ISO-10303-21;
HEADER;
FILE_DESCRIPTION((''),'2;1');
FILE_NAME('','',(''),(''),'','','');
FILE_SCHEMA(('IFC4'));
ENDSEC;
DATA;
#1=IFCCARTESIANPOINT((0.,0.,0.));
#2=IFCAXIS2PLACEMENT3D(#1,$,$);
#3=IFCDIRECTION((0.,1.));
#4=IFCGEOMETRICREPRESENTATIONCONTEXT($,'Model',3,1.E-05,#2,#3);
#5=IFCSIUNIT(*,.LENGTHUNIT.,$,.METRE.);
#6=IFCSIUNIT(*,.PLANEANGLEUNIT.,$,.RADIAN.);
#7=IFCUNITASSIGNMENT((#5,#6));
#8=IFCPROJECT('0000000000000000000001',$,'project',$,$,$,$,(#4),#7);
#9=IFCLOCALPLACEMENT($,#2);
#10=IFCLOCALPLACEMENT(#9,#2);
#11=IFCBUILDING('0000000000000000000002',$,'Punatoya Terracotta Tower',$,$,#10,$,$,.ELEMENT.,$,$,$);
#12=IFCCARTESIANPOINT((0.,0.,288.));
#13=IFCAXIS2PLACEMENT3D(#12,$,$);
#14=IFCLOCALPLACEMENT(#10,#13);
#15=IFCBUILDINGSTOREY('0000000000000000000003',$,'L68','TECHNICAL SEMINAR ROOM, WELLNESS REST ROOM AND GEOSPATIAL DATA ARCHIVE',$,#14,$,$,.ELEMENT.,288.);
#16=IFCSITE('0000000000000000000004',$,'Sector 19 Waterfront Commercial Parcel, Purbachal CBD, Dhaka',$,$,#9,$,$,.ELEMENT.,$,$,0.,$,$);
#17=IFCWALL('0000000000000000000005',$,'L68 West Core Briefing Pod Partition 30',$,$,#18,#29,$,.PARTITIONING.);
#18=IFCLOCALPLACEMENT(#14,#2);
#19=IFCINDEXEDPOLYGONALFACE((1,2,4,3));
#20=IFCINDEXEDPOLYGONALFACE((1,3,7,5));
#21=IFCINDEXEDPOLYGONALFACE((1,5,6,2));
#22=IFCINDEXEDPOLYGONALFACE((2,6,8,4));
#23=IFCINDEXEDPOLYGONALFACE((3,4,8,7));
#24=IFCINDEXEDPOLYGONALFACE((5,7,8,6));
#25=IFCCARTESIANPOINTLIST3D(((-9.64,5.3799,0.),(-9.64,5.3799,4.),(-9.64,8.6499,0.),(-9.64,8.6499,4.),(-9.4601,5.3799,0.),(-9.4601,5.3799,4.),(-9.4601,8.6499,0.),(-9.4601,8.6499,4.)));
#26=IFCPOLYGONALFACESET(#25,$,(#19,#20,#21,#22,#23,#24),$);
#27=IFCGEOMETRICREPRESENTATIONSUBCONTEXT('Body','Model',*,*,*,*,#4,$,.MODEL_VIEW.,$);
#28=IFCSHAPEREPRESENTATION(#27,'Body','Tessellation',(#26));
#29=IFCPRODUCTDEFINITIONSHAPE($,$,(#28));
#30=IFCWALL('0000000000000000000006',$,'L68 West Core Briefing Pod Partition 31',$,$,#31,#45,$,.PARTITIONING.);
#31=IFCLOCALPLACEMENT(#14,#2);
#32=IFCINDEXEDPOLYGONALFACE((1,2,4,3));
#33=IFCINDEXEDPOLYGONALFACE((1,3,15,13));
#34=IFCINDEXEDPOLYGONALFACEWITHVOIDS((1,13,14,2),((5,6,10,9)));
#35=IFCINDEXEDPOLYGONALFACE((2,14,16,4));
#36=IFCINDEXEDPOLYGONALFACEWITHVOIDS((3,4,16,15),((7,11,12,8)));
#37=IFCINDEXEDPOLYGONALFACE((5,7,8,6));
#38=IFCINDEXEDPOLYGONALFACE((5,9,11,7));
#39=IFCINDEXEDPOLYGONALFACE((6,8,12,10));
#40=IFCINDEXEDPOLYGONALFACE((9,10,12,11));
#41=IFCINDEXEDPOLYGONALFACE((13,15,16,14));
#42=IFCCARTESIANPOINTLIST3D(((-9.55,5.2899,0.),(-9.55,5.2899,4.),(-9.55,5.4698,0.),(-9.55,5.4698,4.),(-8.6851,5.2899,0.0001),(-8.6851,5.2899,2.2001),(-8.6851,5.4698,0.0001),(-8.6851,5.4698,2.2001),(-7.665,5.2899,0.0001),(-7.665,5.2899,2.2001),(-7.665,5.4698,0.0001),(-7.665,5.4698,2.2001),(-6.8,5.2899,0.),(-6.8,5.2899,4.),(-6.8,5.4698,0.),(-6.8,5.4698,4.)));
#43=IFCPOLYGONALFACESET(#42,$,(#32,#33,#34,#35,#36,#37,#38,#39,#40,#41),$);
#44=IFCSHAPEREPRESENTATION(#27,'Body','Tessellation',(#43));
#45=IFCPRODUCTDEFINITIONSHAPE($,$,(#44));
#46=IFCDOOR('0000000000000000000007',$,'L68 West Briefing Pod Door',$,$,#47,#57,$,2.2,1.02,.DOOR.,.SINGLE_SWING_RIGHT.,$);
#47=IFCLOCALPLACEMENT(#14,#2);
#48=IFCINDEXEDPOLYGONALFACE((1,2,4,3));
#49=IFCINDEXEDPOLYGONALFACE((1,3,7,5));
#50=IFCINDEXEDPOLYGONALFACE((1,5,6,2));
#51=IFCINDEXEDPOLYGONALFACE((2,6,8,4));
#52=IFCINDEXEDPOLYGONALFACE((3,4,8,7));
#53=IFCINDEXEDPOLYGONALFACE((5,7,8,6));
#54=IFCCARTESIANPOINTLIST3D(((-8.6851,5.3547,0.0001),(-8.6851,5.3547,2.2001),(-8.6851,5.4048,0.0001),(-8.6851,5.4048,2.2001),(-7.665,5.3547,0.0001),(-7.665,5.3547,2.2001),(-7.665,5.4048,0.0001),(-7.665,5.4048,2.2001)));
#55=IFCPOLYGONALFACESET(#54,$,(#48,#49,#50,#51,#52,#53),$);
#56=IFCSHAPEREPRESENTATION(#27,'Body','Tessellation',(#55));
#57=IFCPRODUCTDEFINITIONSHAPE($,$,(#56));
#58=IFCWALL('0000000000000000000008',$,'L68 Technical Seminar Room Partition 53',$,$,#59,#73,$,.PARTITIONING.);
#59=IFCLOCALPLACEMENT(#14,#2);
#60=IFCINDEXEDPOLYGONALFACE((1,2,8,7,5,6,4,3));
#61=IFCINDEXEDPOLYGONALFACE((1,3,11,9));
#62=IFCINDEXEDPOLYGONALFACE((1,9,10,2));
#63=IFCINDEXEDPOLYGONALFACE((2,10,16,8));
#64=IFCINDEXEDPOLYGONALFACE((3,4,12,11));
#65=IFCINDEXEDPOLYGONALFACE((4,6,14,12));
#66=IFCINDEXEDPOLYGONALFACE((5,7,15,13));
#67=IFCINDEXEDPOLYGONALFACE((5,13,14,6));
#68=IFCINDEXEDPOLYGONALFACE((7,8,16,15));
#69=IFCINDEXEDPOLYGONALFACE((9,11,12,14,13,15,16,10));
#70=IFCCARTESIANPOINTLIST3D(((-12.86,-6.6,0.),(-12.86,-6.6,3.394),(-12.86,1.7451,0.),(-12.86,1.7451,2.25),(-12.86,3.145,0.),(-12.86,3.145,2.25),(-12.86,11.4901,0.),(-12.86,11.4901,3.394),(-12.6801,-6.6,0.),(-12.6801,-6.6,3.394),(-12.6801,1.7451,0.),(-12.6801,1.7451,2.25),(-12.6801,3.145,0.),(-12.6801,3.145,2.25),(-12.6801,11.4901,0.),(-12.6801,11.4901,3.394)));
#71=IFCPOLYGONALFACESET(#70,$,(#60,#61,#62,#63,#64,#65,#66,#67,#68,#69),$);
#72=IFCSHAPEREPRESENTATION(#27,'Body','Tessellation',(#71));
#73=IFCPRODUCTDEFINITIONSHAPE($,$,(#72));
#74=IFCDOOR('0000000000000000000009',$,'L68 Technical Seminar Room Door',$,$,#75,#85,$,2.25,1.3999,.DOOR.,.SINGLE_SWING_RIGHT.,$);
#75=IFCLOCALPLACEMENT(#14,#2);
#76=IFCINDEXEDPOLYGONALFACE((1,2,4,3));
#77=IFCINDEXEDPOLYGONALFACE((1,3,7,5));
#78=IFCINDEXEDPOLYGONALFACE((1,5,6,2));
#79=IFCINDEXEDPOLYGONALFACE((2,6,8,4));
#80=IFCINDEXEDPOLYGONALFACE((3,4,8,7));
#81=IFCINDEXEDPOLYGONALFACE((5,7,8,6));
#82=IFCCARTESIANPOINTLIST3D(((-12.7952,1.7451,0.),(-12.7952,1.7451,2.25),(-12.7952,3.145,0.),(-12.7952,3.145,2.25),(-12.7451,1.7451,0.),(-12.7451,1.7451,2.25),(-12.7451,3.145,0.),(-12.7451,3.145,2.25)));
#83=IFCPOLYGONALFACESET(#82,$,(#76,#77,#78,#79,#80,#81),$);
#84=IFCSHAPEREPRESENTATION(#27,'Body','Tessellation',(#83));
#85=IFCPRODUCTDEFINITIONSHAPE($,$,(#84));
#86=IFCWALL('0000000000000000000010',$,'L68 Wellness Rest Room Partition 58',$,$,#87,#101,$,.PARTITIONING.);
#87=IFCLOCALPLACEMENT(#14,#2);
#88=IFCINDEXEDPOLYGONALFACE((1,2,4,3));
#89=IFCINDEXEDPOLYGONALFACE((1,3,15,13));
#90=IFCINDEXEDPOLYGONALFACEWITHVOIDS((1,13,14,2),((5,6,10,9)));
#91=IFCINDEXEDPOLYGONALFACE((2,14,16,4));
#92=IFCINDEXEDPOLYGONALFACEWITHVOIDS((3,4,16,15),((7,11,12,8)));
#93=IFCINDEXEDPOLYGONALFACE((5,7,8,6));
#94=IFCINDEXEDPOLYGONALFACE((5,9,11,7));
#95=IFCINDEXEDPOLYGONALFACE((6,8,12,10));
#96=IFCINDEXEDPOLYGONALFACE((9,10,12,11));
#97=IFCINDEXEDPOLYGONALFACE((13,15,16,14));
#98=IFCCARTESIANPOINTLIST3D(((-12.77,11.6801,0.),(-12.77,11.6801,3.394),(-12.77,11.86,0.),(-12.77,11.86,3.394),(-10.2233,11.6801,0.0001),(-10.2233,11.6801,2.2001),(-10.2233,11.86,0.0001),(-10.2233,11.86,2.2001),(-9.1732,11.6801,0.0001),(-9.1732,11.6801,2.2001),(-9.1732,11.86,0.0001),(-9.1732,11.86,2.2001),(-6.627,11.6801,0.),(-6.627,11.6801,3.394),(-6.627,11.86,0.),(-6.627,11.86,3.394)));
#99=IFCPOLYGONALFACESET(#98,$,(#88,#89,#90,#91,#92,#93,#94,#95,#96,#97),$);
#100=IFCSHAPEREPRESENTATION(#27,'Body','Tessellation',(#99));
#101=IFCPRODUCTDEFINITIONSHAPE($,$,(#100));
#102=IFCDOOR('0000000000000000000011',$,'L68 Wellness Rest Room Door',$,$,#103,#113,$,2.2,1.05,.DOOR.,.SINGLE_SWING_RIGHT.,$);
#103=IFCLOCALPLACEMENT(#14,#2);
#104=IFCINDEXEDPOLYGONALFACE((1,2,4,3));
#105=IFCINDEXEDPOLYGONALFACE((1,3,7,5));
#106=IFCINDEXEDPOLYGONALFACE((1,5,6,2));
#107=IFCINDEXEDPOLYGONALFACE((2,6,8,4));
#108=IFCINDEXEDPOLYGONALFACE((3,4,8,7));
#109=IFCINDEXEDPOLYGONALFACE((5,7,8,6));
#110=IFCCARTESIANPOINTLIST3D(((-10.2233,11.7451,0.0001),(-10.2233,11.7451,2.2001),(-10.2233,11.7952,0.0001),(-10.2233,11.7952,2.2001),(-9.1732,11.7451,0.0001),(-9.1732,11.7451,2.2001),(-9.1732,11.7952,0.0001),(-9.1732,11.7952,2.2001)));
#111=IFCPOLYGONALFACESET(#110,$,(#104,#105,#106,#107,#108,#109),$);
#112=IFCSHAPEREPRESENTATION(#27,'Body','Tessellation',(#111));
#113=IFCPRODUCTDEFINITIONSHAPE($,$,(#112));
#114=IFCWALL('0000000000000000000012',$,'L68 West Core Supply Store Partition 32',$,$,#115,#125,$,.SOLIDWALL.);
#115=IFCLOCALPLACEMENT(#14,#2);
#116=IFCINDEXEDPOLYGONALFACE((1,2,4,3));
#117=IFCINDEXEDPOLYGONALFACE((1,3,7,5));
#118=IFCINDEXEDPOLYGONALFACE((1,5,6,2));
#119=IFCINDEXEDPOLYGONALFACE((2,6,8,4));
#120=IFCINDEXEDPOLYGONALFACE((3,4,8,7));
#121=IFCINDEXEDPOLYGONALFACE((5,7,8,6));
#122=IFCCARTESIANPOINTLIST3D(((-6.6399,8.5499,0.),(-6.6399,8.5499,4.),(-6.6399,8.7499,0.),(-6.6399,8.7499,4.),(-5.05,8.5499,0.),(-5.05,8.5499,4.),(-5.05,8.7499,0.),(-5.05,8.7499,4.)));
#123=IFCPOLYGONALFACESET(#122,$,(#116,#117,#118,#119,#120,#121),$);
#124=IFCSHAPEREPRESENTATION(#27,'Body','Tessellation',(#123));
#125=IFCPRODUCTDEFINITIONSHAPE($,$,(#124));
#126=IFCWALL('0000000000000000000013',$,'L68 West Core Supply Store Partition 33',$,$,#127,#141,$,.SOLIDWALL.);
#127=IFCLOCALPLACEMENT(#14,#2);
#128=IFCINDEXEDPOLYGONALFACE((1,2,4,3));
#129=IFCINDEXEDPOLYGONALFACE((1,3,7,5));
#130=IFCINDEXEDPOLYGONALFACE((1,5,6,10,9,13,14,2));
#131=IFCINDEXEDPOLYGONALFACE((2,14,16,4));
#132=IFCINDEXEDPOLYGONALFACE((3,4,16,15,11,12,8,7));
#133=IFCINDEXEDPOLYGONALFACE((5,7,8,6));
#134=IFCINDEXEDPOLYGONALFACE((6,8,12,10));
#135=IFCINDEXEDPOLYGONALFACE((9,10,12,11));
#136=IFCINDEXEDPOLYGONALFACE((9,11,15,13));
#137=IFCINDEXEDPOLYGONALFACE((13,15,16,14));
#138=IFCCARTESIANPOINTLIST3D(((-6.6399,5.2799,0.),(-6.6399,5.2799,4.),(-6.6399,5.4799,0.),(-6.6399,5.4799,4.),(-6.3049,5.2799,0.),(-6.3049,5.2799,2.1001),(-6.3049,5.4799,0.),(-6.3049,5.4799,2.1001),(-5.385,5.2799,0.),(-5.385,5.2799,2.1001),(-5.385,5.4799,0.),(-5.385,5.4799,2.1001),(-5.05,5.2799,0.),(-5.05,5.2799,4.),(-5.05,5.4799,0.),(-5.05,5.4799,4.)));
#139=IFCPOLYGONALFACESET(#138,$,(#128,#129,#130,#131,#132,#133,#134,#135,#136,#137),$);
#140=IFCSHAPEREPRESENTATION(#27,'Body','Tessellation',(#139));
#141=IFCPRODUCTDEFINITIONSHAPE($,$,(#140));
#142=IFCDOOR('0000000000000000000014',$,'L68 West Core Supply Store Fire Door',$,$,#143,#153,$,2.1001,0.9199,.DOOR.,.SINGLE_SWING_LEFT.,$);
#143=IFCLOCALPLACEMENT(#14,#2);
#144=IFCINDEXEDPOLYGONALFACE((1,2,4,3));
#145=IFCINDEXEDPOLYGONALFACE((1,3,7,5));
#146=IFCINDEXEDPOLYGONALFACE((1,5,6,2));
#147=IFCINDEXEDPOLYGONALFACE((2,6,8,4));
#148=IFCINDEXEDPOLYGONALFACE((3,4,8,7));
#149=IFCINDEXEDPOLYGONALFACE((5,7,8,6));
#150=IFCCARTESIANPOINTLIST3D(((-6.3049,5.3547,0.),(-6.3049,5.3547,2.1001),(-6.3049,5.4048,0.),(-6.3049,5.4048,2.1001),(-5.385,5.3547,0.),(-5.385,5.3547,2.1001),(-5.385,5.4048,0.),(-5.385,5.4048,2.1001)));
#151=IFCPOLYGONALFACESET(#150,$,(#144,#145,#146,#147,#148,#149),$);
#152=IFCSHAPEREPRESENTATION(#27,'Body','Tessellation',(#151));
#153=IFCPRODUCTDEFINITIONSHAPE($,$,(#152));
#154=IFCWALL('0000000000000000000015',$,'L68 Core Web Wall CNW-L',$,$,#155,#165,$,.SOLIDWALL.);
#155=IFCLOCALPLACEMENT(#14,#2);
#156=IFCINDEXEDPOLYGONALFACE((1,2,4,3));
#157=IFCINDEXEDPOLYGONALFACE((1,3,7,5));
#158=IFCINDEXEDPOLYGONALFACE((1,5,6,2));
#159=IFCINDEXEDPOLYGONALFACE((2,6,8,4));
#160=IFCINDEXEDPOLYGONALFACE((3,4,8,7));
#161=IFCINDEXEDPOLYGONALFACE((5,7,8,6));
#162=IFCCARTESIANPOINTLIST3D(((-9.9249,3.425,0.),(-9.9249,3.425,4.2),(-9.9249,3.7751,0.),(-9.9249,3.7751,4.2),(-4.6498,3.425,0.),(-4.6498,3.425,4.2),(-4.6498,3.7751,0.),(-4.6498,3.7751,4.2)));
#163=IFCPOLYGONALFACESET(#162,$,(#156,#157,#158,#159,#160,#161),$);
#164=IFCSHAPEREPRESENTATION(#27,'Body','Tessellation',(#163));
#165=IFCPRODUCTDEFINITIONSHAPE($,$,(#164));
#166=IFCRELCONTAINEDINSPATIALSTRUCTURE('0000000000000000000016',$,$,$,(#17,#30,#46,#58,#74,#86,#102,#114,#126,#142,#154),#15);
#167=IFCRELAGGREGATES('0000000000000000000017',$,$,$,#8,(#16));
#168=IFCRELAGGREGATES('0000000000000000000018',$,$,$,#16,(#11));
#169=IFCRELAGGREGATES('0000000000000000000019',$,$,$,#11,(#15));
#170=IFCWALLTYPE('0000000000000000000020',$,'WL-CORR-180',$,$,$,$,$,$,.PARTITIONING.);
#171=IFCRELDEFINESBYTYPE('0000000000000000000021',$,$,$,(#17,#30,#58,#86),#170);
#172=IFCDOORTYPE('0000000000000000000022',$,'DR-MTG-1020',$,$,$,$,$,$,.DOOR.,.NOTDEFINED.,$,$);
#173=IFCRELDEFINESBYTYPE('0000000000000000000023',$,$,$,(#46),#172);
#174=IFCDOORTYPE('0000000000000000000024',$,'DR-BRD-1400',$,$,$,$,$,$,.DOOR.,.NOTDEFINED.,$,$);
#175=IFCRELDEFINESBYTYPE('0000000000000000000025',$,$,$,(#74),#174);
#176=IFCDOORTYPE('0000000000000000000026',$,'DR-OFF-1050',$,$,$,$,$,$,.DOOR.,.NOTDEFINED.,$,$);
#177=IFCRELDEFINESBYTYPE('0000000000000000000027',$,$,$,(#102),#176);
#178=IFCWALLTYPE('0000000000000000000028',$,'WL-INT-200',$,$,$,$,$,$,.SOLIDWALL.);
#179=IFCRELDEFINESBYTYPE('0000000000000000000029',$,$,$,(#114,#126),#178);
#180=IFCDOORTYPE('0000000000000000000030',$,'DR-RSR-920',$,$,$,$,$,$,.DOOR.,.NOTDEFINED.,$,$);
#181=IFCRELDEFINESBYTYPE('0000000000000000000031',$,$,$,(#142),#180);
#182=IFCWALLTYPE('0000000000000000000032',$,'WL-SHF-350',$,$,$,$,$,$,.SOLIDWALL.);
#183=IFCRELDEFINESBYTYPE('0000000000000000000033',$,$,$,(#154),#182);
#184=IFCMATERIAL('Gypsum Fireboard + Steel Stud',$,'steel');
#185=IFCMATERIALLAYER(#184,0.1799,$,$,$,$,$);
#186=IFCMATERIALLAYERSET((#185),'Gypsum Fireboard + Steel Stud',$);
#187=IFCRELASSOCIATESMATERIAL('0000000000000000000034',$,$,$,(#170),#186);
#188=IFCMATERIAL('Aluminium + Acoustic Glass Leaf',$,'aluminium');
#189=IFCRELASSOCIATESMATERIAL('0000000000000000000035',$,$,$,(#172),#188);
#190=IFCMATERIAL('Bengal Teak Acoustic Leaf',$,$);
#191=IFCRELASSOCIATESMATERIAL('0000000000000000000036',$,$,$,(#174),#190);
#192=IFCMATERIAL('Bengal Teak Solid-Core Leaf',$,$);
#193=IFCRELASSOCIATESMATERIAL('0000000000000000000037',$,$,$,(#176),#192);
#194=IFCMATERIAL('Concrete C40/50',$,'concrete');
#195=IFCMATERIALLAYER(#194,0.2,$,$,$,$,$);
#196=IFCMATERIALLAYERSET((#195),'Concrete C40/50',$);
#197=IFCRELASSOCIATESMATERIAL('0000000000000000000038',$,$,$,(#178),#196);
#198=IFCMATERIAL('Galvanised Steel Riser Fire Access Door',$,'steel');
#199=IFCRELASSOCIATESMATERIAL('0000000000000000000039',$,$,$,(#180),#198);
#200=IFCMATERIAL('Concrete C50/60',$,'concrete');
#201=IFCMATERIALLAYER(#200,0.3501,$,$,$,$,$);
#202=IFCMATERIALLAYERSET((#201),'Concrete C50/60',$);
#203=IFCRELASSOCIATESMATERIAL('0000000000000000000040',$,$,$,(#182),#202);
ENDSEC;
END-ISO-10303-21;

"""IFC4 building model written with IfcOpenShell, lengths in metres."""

from ifc_helpers import new_model, si_unit, direction, frame, frame_2d, origin, place, context, subcontext, project, spatial, rectangle, extrude, material, layer, layer_set, type_object, element, fill, save


model = new_model("IFC4")

# Units and contexts
model_context = context("Model", 3, precision=1e-05, world=origin(), true_north=direction((0.0, 1.0)))
body_context = subcontext(model_context, "Body", "Model", "MODEL_VIEW")
ifc_project = project(units=[si_unit("LENGTHUNIT", "METRE"), si_unit("PLANEANGLEUNIT", "RADIAN")], contexts=[model_context])

# Site, building, storey
site_placement = place(None, origin())
site = spatial("IfcSite", under=ifc_project, at=site_placement, Name="Sector 19 Waterfront Commercial Parcel, Purbachal CBD, Dhaka", CompositionType="ELEMENT", RefElevation=0.0)
building_placement = place(site_placement, origin())
building = spatial("IfcBuilding", under=site, at=building_placement, Name="Punatoya Terracotta Tower", CompositionType="ELEMENT")
storey_placement = place(building_placement, frame((0.0, 0.0, 288.0)))
storey = spatial("IfcBuildingStorey", under=building, at=storey_placement, Name="L68", Description="TECHNICAL SEMINAR ROOM, WELLNESS REST ROOM AND GEOSPATIAL DATA ARCHIVE", CompositionType="ELEMENT", Elevation=288.0)

# Wall
ifc_material_1 = material(Name="Concrete C50/60", Category="concrete")
ifc_material_2 = material(Name="Gypsum Fireboard + Steel Stud", Category="steel")
ifc_layer_1 = layer(ifc_material_2, 0.1799)
ifc_layer_set_1 = layer_set([ifc_layer_1], Name="Gypsum Fireboard + Steel Stud")
wall_type_1 = type_object("IfcWallType", Name="WL-CORR-180", PredefinedType="PARTITIONING", material=ifc_layer_set_1)
wall_1_placement = place(storey_placement, frame((-9.55, 8.6499, 0.0), z_axis=(0.0, 0.0, 1.0), x_axis=(0.0, -1.0, 0.0)))
element("IfcWall", 1, at=wall_1_placement, inside=storey, type_object=wall_type_1, Name="L68 West Core Briefing Pod Partition 30", PredefinedType="PARTITIONING", context=body_context, shape_type="SweptSolid", body=[
    extrude(rectangle(XDim=3.27, YDim=0.1799, at=frame_2d((1.635, 0.0))), origin(), (0.0, 0.0, 1.0), 4.0),
])

# Walls, openings, doors
wall_2_placement = place(storey_placement, frame((-9.55, 5.3799, 0.0), z_axis=(0.0, 0.0, 1.0), x_axis=(1.0, 0.0, 0.0)))
wall_2 = element("IfcWall", 2, at=wall_2_placement, inside=storey, type_object=wall_type_1, Name="L68 West Core Briefing Pod Partition 31", PredefinedType="PARTITIONING", context=body_context, shape_type="SweptSolid", body=[
    extrude(rectangle(XDim=2.75, YDim=0.1799, at=frame_2d((1.375, 0.0))), origin(), (0.0, 0.0, 1.0), 4.0),
])
opening_1_placement = place(wall_2_placement, frame((0.865, 0.0, 0.0)))
opening_1 = element("IfcOpeningElement", 3, at=opening_1_placement, cuts=wall_2, PredefinedType="OPENING", context=body_context, shape_type="SweptSolid", body=[
    extrude(rectangle(XDim=1.02, YDim=2.2, at=frame_2d((0.51, 1.1001))), frame((0.0, 0.0999, 0.0), z_axis=(0.0, -1.0, 0.0), x_axis=(1.0, 0.0, 0.0)), (0.0, 0.0, 1.0), 0.2),
])
ifc_material_3 = material(Name="Aluminium + Acoustic Glass Leaf", Category="aluminium")
door_type_1 = type_object("IfcDoorType", Name="DR-MTG-1020", OperationType="NOTDEFINED", PredefinedType="DOOR", material=ifc_material_3)
door_1_placement = place(opening_1_placement, origin())
door_1 = element("IfcDoor", 4, at=door_1_placement, inside=storey, type_object=door_type_1, Name="L68 West Briefing Pod Door", OperationType="SINGLE_SWING_RIGHT", OverallHeight=2.2, OverallWidth=1.02, PredefinedType="DOOR", context=body_context, shape_type="SweptSolid", body=[
    extrude(rectangle(XDim=1.02, YDim=2.2, at=frame_2d((0.51, 1.1001))), frame((0.0, 0.0249, 0.0), z_axis=(0.0, -1.0, 0.0), x_axis=(1.0, 0.0, 0.0)), (0.0, 0.0, 1.0), 0.05),
])
fill(opening_1, door_1)
wall_3_placement = place(storey_placement, frame((-12.77, 11.49, 0.0), z_axis=(0.0, 0.0, 1.0), x_axis=(0.0, -1.0, 0.0)))
wall_3 = element("IfcWall", 5, at=wall_3_placement, inside=storey, type_object=wall_type_1, Name="L68 Technical Seminar Room Partition 53", PredefinedType="PARTITIONING", context=body_context, shape_type="SweptSolid", body=[
    extrude(rectangle(XDim=18.0901, YDim=0.1799, at=frame_2d((9.0449, 0.0))), origin(), (0.0, 0.0, 1.0), 3.394),
])
opening_2_placement = place(wall_3_placement, frame((8.345, 0.0, 0.0)))
opening_2 = element("IfcOpeningElement", 6, at=opening_2_placement, cuts=wall_3, PredefinedType="OPENING", context=body_context, shape_type="SweptSolid", body=[
    extrude(rectangle(XDim=1.3999, YDim=2.25, at=frame_2d((0.7, 1.125))), frame((0.0, 0.0999, 0.0), z_axis=(0.0, -1.0, 0.0), x_axis=(1.0, 0.0, 0.0)), (0.0, 0.0, 1.0), 0.2),
])
ifc_material_4 = material(Name="Bengal Teak Acoustic Leaf")
door_type_2 = type_object("IfcDoorType", Name="DR-BRD-1400", OperationType="NOTDEFINED", PredefinedType="DOOR", material=ifc_material_4)
door_2_placement = place(opening_2_placement, origin())
door_2 = element("IfcDoor", 7, at=door_2_placement, inside=storey, type_object=door_type_2, Name="L68 Technical Seminar Room Door", OperationType="SINGLE_SWING_RIGHT", OverallHeight=2.25, OverallWidth=1.3999, PredefinedType="DOOR", context=body_context, shape_type="SweptSolid", body=[
    extrude(rectangle(XDim=1.3999, YDim=2.25, at=frame_2d((0.7, 1.125))), frame((0.0, 0.0249, 0.0), z_axis=(0.0, -1.0, 0.0), x_axis=(1.0, 0.0, 0.0)), (0.0, 0.0, 1.0), 0.05),
])
fill(opening_2, door_2)
wall_4_placement = place(storey_placement, frame((-6.627, 11.77, 0.0), z_axis=(0.0, 0.0, 1.0), x_axis=(-1.0, 0.0, 0.0)))
wall_4 = element("IfcWall", 8, at=wall_4_placement, inside=storey, type_object=wall_type_1, Name="L68 Wellness Rest Room Partition 58", PredefinedType="PARTITIONING", context=body_context, shape_type="SweptSolid", body=[
    extrude(rectangle(XDim=6.1431, YDim=0.1799, at=frame_2d((3.0715, 0.0))), origin(), (0.0, 0.0, 1.0), 3.394),
])
opening_3_placement = place(wall_4_placement, frame((2.5464, 0.0, 0.0)))
opening_3 = element("IfcOpeningElement", 9, at=opening_3_placement, cuts=wall_4, PredefinedType="OPENING", context=body_context, shape_type="SweptSolid", body=[
    extrude(rectangle(XDim=1.05, YDim=2.2, at=frame_2d((0.5249, 1.1001))), frame((0.0, 0.0999, 0.0), z_axis=(0.0, -1.0, 0.0), x_axis=(1.0, 0.0, 0.0)), (0.0, 0.0, 1.0), 0.2),
])
ifc_material_5 = material(Name="Bengal Teak Solid-Core Leaf")
door_type_3 = type_object("IfcDoorType", Name="DR-OFF-1050", OperationType="NOTDEFINED", PredefinedType="DOOR", material=ifc_material_5)
door_3_placement = place(opening_3_placement, origin())
door_3 = element("IfcDoor", 10, at=door_3_placement, inside=storey, type_object=door_type_3, Name="L68 Wellness Rest Room Door", OperationType="SINGLE_SWING_RIGHT", OverallHeight=2.2, OverallWidth=1.05, PredefinedType="DOOR", context=body_context, shape_type="SweptSolid", body=[
    extrude(rectangle(XDim=1.05, YDim=2.2, at=frame_2d((0.5249, 1.1001))), frame((0.0, 0.0249, 0.0), z_axis=(0.0, -1.0, 0.0), x_axis=(1.0, 0.0, 0.0)), (0.0, 0.0, 1.0), 0.05),
])
fill(opening_3, door_3)

# Wall
ifc_material_6 = material(Name="Concrete C40/50", Category="concrete")
ifc_layer_2 = layer(ifc_material_6, 0.2)
ifc_layer_set_2 = layer_set([ifc_layer_2], Name="Concrete C40/50")
wall_type_2 = type_object("IfcWallType", Name="WL-INT-200", PredefinedType="SOLIDWALL", material=ifc_layer_set_2)
wall_5_placement = place(storey_placement, frame((-5.05, 8.6499, 0.0), z_axis=(0.0, 0.0, 1.0), x_axis=(-1.0, 0.0, 0.0)))
element("IfcWall", 11, at=wall_5_placement, inside=storey, type_object=wall_type_2, Name="L68 West Core Supply Store Partition 32", PredefinedType="SOLIDWALL", context=body_context, shape_type="SweptSolid", body=[
    extrude(rectangle(XDim=1.5898, YDim=0.2, at=frame_2d((0.7949, 0.0))), origin(), (0.0, 0.0, 1.0), 4.0),
])

# Wall, opening, door
wall_6_placement = place(storey_placement, frame((-6.6399, 5.3799, 0.0), z_axis=(0.0, 0.0, 1.0), x_axis=(1.0, 0.0, 0.0)))
wall_6 = element("IfcWall", 12, at=wall_6_placement, inside=storey, type_object=wall_type_2, Name="L68 West Core Supply Store Partition 33", PredefinedType="SOLIDWALL", context=body_context, shape_type="SweptSolid", body=[
    extrude(rectangle(XDim=1.5898, YDim=0.2, at=frame_2d((0.7949, 0.0))), origin(), (0.0, 0.0, 1.0), 4.0),
])
opening_4_placement = place(wall_6_placement, frame((0.335, 0.0, 0.0)))
opening_4 = element("IfcOpeningElement", 13, at=opening_4_placement, cuts=wall_6, PredefinedType="OPENING", context=body_context, shape_type="SweptSolid", body=[
    extrude(rectangle(XDim=0.9199, YDim=2.1001, at=frame_2d((0.46, 1.05))), frame((0.0, 0.1099, 0.0), z_axis=(0.0, -1.0, 0.0), x_axis=(1.0, 0.0, 0.0)), (0.0, 0.0, 1.0), 0.22),
])
ifc_material_7 = material(Name="Galvanised Steel Riser Fire Access Door", Category="steel")
door_type_4 = type_object("IfcDoorType", Name="DR-RSR-920", OperationType="NOTDEFINED", PredefinedType="DOOR", material=ifc_material_7)
door_4_placement = place(opening_4_placement, origin())
door_4 = element("IfcDoor", 14, at=door_4_placement, inside=storey, type_object=door_type_4, Name="L68 West Core Supply Store Fire Door", OperationType="SINGLE_SWING_LEFT", OverallHeight=2.1001, OverallWidth=0.9199, PredefinedType="DOOR", context=body_context, shape_type="SweptSolid", body=[
    extrude(rectangle(XDim=0.9199, YDim=2.1001, at=frame_2d((0.46, 1.05))), frame((0.0, 0.0249, 0.0), z_axis=(0.0, -1.0, 0.0), x_axis=(1.0, 0.0, 0.0)), (0.0, 0.0, 1.0), 0.05),
])
fill(opening_4, door_4)

# Wall
ifc_layer_3 = layer(ifc_material_1, 0.3501)
ifc_layer_set_3 = layer_set([ifc_layer_3], Name="Concrete C50/60")
wall_type_3 = type_object("IfcWallType", Name="WL-SHF-350", PredefinedType="SOLIDWALL", material=ifc_layer_set_3)
wall_7_placement = place(storey_placement, frame((-9.925, 3.6001, 0.0), z_axis=(0.0, 0.0, 1.0), x_axis=(1.0, 0.0, 0.0)))
element("IfcWall", 15, at=wall_7_placement, inside=storey, type_object=wall_type_3, Name="L68 Core Web Wall CNW-L", PredefinedType="SOLIDWALL", context=body_context, shape_type="SweptSolid", body=[
    extrude(rectangle(XDim=5.2751, YDim=0.3501, at=frame_2d((2.6377, 0.0))), origin(), (0.0, 0.0, 1.0), 4.2),
])

save(model, "model.ifc")
